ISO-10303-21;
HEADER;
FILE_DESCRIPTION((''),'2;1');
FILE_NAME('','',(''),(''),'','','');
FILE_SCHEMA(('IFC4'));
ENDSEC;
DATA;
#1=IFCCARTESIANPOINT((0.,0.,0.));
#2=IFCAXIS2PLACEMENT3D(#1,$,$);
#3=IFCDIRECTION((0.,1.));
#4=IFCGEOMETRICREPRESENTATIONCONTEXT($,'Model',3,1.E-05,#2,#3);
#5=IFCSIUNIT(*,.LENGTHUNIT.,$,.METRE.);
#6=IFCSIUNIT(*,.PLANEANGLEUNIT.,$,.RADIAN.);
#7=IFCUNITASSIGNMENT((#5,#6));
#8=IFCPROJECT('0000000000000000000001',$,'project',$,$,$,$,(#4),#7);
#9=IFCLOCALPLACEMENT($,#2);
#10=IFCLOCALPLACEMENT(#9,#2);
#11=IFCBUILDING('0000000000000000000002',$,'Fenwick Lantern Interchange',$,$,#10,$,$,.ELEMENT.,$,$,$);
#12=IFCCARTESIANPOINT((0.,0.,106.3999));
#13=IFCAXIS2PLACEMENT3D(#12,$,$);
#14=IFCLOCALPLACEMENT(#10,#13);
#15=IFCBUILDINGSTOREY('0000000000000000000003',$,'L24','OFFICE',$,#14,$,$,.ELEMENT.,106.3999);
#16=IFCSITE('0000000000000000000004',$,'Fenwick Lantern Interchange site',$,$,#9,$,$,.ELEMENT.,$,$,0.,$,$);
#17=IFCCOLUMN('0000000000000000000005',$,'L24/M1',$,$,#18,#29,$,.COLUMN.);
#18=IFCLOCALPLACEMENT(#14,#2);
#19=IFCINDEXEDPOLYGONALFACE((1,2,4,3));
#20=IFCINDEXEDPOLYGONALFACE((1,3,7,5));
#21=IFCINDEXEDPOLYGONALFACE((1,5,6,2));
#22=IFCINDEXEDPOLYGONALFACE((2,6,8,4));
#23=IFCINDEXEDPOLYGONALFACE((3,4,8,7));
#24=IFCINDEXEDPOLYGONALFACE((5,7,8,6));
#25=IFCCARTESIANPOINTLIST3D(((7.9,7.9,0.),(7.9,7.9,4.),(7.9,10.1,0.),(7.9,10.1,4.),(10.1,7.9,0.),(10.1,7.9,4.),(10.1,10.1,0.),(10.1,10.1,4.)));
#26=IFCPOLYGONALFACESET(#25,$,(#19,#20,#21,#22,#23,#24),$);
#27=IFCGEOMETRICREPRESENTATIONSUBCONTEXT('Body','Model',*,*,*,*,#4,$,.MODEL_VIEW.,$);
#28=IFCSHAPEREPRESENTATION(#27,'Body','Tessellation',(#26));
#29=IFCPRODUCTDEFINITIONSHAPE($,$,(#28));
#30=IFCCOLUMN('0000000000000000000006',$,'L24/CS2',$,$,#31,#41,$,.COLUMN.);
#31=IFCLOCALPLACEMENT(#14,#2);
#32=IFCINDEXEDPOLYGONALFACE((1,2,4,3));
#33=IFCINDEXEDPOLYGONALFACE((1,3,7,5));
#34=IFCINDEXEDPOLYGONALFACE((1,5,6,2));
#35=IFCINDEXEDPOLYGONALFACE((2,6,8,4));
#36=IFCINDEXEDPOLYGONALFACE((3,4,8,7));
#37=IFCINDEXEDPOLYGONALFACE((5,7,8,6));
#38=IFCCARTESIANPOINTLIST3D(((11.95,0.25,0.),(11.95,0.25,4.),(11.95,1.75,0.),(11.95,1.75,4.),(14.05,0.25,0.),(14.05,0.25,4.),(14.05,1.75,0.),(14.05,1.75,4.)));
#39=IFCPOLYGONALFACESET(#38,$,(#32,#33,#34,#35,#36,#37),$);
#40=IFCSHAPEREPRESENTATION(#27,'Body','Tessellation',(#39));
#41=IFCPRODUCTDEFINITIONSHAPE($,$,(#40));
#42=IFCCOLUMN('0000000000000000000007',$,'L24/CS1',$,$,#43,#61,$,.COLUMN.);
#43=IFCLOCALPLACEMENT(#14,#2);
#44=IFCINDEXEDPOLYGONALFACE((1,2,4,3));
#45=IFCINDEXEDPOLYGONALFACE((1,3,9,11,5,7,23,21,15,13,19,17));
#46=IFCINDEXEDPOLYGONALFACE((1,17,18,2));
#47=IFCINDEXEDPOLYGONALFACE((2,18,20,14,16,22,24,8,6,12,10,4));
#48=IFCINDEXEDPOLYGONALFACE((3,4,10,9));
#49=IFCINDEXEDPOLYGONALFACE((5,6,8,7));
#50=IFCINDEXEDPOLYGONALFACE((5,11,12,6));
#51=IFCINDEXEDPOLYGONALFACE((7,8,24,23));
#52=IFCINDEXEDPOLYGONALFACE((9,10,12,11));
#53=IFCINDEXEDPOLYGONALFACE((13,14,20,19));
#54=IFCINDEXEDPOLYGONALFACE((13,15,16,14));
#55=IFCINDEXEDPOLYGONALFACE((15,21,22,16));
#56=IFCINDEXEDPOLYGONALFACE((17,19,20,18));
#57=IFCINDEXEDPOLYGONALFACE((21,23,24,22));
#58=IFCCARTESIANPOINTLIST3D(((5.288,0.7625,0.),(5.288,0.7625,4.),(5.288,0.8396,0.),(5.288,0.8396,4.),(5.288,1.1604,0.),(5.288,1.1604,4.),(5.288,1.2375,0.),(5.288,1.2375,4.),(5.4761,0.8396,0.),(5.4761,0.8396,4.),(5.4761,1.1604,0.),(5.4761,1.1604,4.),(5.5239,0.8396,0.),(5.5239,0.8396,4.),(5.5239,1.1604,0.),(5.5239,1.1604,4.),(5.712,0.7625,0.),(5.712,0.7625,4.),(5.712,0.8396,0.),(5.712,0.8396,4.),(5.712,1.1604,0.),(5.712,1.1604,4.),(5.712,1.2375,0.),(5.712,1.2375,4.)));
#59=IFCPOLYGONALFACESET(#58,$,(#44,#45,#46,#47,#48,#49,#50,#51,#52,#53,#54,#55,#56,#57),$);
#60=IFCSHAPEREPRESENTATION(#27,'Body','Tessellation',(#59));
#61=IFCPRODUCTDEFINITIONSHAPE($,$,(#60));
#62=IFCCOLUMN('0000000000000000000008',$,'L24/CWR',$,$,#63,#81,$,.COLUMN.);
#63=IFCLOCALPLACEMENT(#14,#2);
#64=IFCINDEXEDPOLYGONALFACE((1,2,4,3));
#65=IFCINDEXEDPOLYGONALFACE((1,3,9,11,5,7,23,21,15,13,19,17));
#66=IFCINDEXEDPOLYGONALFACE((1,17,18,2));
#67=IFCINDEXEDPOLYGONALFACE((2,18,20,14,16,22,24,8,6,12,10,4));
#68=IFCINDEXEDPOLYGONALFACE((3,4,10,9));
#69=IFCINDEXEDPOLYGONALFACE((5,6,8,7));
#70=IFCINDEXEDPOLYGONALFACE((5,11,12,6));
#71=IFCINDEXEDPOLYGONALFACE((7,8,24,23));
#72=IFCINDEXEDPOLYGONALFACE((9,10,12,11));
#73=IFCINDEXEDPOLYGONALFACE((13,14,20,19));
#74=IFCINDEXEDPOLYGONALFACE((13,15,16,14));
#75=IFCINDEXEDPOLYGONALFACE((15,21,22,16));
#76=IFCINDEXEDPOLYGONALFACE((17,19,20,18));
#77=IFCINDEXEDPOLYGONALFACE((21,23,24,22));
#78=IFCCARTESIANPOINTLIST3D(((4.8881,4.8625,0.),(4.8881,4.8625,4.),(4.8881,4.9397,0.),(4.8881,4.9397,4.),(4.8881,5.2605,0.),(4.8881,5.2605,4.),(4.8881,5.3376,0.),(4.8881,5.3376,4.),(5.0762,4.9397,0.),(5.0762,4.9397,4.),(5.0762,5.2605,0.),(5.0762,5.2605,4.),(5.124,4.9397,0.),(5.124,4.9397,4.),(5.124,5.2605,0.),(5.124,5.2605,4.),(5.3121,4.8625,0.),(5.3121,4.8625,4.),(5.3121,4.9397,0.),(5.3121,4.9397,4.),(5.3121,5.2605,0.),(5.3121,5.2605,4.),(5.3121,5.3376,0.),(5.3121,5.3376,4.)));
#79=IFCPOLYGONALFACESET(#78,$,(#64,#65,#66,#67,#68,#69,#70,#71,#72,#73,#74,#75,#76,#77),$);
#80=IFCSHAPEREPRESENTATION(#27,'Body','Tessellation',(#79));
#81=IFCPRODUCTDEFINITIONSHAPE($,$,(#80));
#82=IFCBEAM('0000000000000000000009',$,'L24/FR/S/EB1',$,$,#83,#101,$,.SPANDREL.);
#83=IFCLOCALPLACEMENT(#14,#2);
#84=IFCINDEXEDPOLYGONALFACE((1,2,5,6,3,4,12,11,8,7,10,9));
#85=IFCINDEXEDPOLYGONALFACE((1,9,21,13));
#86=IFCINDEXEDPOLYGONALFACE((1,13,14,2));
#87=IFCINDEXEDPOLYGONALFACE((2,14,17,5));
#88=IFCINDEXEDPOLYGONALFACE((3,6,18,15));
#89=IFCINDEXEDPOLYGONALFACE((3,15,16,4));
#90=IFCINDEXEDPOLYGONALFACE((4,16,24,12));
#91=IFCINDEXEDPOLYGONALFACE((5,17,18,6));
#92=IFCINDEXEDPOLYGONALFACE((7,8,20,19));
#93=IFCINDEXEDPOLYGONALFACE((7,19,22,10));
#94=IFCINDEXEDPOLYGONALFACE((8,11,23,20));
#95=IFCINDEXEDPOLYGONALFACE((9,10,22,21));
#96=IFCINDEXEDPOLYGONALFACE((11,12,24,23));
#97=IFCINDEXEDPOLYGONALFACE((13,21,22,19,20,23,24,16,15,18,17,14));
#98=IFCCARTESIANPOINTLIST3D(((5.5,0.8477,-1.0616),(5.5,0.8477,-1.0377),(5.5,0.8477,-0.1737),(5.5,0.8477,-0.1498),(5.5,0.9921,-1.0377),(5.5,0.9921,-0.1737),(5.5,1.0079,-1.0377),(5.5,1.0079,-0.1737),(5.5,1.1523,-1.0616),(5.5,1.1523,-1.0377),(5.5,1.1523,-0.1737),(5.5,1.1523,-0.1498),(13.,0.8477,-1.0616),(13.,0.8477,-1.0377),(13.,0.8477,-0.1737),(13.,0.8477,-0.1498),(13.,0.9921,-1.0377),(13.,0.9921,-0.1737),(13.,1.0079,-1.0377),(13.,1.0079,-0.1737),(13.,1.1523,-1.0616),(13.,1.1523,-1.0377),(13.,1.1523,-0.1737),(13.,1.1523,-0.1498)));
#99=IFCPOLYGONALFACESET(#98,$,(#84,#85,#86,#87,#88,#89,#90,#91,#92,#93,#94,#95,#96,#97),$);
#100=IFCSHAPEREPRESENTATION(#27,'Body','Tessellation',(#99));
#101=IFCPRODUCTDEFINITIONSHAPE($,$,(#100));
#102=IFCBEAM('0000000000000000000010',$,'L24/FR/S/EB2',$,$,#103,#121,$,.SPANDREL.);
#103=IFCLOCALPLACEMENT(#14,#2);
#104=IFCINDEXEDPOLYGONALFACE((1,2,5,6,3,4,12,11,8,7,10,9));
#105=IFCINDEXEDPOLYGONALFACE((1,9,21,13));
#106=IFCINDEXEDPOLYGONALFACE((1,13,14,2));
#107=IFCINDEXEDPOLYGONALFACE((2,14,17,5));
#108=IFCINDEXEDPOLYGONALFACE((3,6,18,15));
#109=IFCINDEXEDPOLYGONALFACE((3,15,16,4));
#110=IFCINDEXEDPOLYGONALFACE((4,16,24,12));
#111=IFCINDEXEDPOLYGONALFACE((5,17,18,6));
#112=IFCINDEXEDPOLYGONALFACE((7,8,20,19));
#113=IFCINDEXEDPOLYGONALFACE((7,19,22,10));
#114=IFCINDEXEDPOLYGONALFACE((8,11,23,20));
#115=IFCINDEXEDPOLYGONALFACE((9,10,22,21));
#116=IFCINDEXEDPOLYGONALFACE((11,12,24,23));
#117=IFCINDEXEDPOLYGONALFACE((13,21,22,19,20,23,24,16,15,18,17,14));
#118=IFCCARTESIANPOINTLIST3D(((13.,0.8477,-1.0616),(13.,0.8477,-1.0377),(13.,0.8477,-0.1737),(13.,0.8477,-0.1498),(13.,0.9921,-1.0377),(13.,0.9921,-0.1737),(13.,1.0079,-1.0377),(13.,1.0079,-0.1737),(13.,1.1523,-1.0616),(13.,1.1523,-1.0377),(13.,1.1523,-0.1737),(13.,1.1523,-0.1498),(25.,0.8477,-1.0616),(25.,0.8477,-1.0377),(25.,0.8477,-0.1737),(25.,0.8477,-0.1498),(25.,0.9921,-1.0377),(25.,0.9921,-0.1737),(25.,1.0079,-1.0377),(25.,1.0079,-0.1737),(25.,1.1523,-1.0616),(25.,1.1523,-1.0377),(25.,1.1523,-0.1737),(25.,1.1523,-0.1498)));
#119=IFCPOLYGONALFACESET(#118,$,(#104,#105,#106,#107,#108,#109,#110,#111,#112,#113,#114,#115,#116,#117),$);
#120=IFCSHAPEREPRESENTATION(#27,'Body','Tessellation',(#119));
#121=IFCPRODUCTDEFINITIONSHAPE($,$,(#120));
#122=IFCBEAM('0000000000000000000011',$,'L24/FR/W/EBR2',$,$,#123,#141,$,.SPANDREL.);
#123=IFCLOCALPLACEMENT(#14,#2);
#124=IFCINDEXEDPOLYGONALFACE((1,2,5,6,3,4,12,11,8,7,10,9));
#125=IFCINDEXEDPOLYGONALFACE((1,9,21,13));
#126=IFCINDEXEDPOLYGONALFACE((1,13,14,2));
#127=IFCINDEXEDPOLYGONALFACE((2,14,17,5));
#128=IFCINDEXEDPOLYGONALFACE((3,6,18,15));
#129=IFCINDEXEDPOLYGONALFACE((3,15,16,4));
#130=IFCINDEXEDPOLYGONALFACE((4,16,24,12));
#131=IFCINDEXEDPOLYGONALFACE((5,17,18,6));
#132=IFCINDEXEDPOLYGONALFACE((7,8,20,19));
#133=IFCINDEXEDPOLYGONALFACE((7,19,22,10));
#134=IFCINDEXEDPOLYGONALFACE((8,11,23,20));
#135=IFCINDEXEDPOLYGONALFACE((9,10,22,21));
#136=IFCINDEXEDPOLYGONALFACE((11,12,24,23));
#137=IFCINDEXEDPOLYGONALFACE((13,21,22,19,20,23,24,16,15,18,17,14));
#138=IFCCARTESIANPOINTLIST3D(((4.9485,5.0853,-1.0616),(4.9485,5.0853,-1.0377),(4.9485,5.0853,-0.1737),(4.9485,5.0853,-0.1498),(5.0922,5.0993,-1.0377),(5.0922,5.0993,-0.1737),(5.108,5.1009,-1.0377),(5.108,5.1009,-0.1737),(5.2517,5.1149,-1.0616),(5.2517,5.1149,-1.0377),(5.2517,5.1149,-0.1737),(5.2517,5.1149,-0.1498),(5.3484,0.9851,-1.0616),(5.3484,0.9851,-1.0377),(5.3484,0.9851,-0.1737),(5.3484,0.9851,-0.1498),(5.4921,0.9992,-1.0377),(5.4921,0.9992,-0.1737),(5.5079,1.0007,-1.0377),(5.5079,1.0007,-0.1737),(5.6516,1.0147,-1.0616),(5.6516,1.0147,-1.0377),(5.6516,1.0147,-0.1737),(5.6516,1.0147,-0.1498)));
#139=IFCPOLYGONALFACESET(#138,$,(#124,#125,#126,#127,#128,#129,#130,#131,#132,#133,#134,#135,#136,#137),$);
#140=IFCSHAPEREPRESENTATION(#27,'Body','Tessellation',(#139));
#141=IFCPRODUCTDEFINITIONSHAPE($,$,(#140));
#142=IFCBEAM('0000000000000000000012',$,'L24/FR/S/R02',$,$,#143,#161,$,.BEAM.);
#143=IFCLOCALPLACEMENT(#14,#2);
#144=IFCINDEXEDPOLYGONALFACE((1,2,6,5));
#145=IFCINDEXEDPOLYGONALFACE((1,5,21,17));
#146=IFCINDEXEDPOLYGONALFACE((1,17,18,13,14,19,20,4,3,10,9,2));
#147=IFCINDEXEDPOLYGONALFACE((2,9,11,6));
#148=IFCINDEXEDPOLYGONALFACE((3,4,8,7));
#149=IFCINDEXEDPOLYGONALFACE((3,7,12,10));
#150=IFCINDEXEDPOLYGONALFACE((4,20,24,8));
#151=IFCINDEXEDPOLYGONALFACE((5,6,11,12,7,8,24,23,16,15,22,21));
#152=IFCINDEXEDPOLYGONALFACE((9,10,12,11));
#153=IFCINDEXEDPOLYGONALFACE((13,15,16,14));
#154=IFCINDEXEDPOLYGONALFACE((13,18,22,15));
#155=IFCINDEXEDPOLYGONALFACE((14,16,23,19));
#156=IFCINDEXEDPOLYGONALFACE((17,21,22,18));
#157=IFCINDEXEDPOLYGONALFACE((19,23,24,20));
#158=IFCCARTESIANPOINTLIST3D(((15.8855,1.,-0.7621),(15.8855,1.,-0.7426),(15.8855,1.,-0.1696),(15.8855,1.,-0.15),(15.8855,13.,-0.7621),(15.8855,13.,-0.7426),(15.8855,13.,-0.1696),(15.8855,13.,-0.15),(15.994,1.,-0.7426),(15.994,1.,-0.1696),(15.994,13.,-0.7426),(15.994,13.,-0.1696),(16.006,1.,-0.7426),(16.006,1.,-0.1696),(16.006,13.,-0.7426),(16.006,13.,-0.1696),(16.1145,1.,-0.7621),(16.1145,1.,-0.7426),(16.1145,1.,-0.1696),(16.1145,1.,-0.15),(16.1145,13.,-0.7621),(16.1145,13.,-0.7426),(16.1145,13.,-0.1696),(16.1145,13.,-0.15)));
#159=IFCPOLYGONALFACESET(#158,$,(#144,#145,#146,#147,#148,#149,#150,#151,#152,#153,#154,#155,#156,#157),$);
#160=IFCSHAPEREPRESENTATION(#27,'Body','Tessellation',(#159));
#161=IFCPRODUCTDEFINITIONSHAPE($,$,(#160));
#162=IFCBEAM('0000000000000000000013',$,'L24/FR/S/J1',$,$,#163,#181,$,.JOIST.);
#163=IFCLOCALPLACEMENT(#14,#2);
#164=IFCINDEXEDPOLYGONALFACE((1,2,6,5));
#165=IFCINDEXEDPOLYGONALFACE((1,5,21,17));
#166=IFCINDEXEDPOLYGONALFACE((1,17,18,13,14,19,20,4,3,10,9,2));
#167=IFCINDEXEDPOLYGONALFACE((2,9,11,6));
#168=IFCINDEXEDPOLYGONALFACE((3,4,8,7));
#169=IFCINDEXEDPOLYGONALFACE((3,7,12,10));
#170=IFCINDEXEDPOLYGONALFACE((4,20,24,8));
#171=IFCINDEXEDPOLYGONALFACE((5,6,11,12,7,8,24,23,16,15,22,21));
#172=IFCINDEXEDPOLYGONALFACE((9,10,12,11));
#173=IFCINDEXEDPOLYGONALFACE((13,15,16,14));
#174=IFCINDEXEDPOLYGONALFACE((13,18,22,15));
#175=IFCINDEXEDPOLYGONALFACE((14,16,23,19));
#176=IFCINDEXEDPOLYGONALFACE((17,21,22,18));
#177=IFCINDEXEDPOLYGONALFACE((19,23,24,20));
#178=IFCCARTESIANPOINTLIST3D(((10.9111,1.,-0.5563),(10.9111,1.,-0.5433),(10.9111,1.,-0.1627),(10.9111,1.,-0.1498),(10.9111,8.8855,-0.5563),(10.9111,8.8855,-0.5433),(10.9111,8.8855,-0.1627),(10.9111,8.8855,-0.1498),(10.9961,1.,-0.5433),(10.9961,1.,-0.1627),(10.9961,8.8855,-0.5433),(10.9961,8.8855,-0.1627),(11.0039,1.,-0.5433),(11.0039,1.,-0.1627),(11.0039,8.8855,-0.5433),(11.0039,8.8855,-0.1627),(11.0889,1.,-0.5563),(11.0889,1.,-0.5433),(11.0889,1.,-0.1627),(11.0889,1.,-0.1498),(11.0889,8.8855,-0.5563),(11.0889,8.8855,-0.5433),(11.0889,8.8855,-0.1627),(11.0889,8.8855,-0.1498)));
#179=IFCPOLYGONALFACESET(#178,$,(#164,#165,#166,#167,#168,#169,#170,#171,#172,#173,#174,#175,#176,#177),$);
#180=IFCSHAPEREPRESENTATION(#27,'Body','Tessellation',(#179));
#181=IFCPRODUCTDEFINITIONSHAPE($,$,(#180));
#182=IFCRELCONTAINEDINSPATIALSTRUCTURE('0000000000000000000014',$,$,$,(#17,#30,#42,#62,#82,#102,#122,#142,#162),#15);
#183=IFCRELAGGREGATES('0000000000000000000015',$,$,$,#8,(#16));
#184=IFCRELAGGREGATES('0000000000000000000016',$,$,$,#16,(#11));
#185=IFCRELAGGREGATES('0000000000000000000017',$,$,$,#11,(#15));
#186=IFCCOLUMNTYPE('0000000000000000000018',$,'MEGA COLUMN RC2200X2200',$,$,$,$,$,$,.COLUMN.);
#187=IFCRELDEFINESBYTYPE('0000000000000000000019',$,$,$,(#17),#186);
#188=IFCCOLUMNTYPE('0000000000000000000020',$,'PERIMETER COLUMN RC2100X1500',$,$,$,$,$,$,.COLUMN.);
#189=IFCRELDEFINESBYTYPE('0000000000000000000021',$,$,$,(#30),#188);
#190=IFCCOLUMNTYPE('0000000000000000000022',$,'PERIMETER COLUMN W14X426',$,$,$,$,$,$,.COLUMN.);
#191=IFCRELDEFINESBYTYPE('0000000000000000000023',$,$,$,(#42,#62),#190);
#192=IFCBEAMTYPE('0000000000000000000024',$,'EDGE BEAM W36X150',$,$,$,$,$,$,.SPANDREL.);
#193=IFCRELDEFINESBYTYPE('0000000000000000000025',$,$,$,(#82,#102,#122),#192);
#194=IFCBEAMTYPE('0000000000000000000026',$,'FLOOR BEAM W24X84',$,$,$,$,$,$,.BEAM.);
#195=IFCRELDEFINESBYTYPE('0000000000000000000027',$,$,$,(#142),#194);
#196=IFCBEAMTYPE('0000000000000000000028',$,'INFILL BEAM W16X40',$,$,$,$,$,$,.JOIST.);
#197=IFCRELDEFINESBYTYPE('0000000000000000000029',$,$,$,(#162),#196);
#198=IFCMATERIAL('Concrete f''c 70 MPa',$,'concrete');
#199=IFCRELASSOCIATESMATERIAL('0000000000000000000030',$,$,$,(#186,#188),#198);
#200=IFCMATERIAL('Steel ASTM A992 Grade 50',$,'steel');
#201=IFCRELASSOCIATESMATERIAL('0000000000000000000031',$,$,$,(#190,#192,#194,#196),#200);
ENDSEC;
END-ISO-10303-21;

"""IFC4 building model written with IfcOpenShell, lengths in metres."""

from ifc_helpers import new_model, si_unit, direction, frame, origin, origin_2d, place, context, subcontext, project, spatial, rectangle, i_section, extrude, material, material_profile, profile_set, type_object, element, save


model = new_model("IFC4")

# Units and contexts
model_context = context("Model", 3, precision=1e-05, world=origin(), true_north=direction((0.0, 1.0)))
body_context = subcontext(model_context, "Body", "Model", "MODEL_VIEW")
ifc_project = project(units=[si_unit("LENGTHUNIT", "METRE"), si_unit("PLANEANGLEUNIT", "RADIAN")], contexts=[model_context])

# Site, building, storey
site_placement = place(None, origin())
site = spatial("IfcSite", under=ifc_project, at=site_placement, Name="Fenwick Lantern Interchange site", CompositionType="ELEMENT", RefElevation=0.0)
building_placement = place(site_placement, origin())
building = spatial("IfcBuilding", under=site, at=building_placement, Name="Fenwick Lantern Interchange", CompositionType="ELEMENT")
storey_placement = place(building_placement, frame((0.0, 0.0, 106.3999)))
storey = spatial("IfcBuildingStorey", under=building, at=storey_placement, Name="L24", Description="OFFICE", CompositionType="ELEMENT", Elevation=106.3999)

# Columns
ifc_material_1 = material(Name="Concrete f'c 70 MPa", Category="concrete")
ifc_material_profile_1 = material_profile(ifc_material_1, rectangle(XDim=2.2, YDim=2.2, at=origin_2d()), Name="RC2200X2200")
ifc_profile_set_1 = profile_set([ifc_material_profile_1], Name="Concrete f'c 70 MPa")
column_type_1 = type_object("IfcColumnType", Name="MEGA COLUMN RC2200X2200", PredefinedType="COLUMN", material=ifc_profile_set_1)
column_1_placement = place(storey_placement, frame((9.0, 9.0, 0.0), z_axis=(0.0, 0.0, 1.0), x_axis=(1.0, 0.0, 0.0)))
element("IfcColumn", 1, at=column_1_placement, inside=storey, type_object=column_type_1, Name="L24/M1", PredefinedType="COLUMN", context=body_context, shape_type="SweptSolid", body=[
    extrude(rectangle(XDim=2.2, YDim=2.2, at=origin_2d()), origin(), (0.0, 0.0, 1.0), 4.0),
])
ifc_material_profile_2 = material_profile(ifc_material_1, rectangle(XDim=2.1001, YDim=1.5, at=origin_2d()), Name="RC2100X1500")
ifc_profile_set_2 = profile_set([ifc_material_profile_2], Name="Concrete f'c 70 MPa")
column_type_2 = type_object("IfcColumnType", Name="PERIMETER COLUMN RC2100X1500", PredefinedType="COLUMN", material=ifc_profile_set_2)
column_2_placement = place(storey_placement, frame((13.0, 1.0, 0.0), z_axis=(0.0, 0.0, 1.0), x_axis=(1.0, 0.0, 0.0)))
element("IfcColumn", 2, at=column_2_placement, inside=storey, type_object=column_type_2, Name="L24/CS2", PredefinedType="COLUMN", context=body_context, shape_type="SweptSolid", body=[
    extrude(rectangle(XDim=2.1001, YDim=1.5, at=origin_2d()), origin(), (0.0, 0.0, 1.0), 4.0),
])
ifc_material_2 = material(Name="Steel ASTM A992 Grade 50", Category="steel")
ifc_material_profile_3 = material_profile(ifc_material_2, i_section(OverallWidth=0.4241, OverallDepth=0.4751, WebThickness=0.0479, FlangeThickness=0.0771, at=origin_2d()), Name="W14X426")
ifc_profile_set_3 = profile_set([ifc_material_profile_3], Name="Steel ASTM A992 Grade 50")
column_type_3 = type_object("IfcColumnType", Name="PERIMETER COLUMN W14X426", PredefinedType="COLUMN", material=ifc_profile_set_3)
for number, where, z_axis, x_axis, name in (
    (3, (5.5, 1.0, 0.0), (0.0, 0.0, 1.0), (1.0, 0.0, 0.0), "L24/CS1"),
    (4, (5.1001, 5.1001, 0.0), (0.0, 0.0, 1.0), (1.0, 0.0, 0.0), "L24/CWR"),
):
    element("IfcColumn", number, at=place(storey_placement, frame(where, z_axis=z_axis, x_axis=x_axis)), inside=storey, type_object=column_type_3, Name=name, PredefinedType="COLUMN", context=body_context, shape_type="SweptSolid", body=[
        extrude(i_section(OverallWidth=0.4241, OverallDepth=0.4751, WebThickness=0.0479, FlangeThickness=0.0771, at=origin_2d()), origin(), (0.0, 0.0, 1.0), 4.0),
    ])

# Beams
ifc_material_profile_4 = material_profile(ifc_material_2, i_section(OverallWidth=0.3047, OverallDepth=0.9119, WebThickness=0.0159, FlangeThickness=0.0239, at=origin_2d()), Name="W36X150")
ifc_profile_set_4 = profile_set([ifc_material_profile_4], Name="Steel ASTM A992 Grade 50")
beam_type_1 = type_object("IfcBeamType", Name="EDGE BEAM W36X150", PredefinedType="SPANDREL", material=ifc_profile_set_4)
beam_1_placement = place(storey_placement, frame((5.5, 1.0, -0.6057), z_axis=(1.0, 0.0, 0.0), x_axis=(0.0, 1.0, 0.0)))
element("IfcBeam", 5, at=beam_1_placement, inside=storey, type_object=beam_type_1, Name="L24/FR/S/EB1", PredefinedType="SPANDREL", context=body_context, shape_type="SweptSolid", body=[
    extrude(i_section(OverallWidth=0.3047, OverallDepth=0.9119, WebThickness=0.0159, FlangeThickness=0.0239, at=origin_2d()), origin(), (0.0, 0.0, 1.0), 7.5),
])
beam_2_placement = place(storey_placement, frame((13.0, 1.0, -0.6057), z_axis=(1.0, 0.0, 0.0), x_axis=(0.0, 1.0, 0.0)))
element("IfcBeam", 6, at=beam_2_placement, inside=storey, type_object=beam_type_1, Name="L24/FR/S/EB2", PredefinedType="SPANDREL", context=body_context, shape_type="SweptSolid", body=[
    extrude(i_section(OverallWidth=0.3047, OverallDepth=0.9119, WebThickness=0.0159, FlangeThickness=0.0239, at=origin_2d()), origin(), (0.0, 0.0, 1.0), 12.0),
])
beam_3_placement = place(storey_placement, frame((5.1001, 5.1001, -0.6057), z_axis=(0.097074, -0.995277, 0.0), x_axis=(0.995277, 0.097074, 0.0)))
element("IfcBeam", 7, at=beam_3_placement, inside=storey, type_object=beam_type_1, Name="L24/FR/W/EBR2", PredefinedType="SPANDREL", context=body_context, shape_type="SweptSolid", body=[
    extrude(i_section(OverallWidth=0.3047, OverallDepth=0.9119, WebThickness=0.0159, FlangeThickness=0.0239, at=origin_2d()), origin(), (0.0, 0.0, 1.0), 4.1196),
])
ifc_material_profile_5 = material_profile(ifc_material_2, i_section(OverallWidth=0.229, OverallDepth=0.6121, WebThickness=0.012, FlangeThickness=0.0195, at=origin_2d()), Name="W24X84")
ifc_profile_set_5 = profile_set([ifc_material_profile_5], Name="Steel ASTM A992 Grade 50")
beam_type_2 = type_object("IfcBeamType", Name="FLOOR BEAM W24X84", PredefinedType="BEAM", material=ifc_profile_set_5)
beam_4_placement = place(storey_placement, frame((16.0, 1.0, -0.4561), z_axis=(0.0, 1.0, 0.0), x_axis=(-1.0, 0.0, 0.0)))
element("IfcBeam", 8, at=beam_4_placement, inside=storey, type_object=beam_type_2, Name="L24/FR/S/R02", PredefinedType="BEAM", context=body_context, shape_type="SweptSolid", body=[
    extrude(i_section(OverallWidth=0.229, OverallDepth=0.6121, WebThickness=0.012, FlangeThickness=0.0195, at=origin_2d()), origin(), (0.0, 0.0, 1.0), 12.0),
])
ifc_material_profile_6 = material_profile(ifc_material_2, i_section(OverallWidth=0.1777, OverallDepth=0.4065, WebThickness=0.0078, FlangeThickness=0.0129, at=origin_2d()), Name="W16X40")
ifc_profile_set_6 = profile_set([ifc_material_profile_6], Name="Steel ASTM A992 Grade 50")
beam_type_3 = type_object("IfcBeamType", Name="INFILL BEAM W16X40", PredefinedType="JOIST", material=ifc_profile_set_6)
beam_5_placement = place(storey_placement, frame((11.0, 1.0, -0.353), z_axis=(0.0, 1.0, 0.0), x_axis=(-1.0, 0.0, 0.0)))
element("IfcBeam", 9, at=beam_5_placement, inside=storey, type_object=beam_type_3, Name="L24/FR/S/J1", PredefinedType="JOIST", context=body_context, shape_type="SweptSolid", body=[
    extrude(i_section(OverallWidth=0.1777, OverallDepth=0.4065, WebThickness=0.0078, FlangeThickness=0.0129, at=origin_2d()), origin(), (0.0, 0.0, 1.0), 7.8855),
])

save(model, "model.ifc")
